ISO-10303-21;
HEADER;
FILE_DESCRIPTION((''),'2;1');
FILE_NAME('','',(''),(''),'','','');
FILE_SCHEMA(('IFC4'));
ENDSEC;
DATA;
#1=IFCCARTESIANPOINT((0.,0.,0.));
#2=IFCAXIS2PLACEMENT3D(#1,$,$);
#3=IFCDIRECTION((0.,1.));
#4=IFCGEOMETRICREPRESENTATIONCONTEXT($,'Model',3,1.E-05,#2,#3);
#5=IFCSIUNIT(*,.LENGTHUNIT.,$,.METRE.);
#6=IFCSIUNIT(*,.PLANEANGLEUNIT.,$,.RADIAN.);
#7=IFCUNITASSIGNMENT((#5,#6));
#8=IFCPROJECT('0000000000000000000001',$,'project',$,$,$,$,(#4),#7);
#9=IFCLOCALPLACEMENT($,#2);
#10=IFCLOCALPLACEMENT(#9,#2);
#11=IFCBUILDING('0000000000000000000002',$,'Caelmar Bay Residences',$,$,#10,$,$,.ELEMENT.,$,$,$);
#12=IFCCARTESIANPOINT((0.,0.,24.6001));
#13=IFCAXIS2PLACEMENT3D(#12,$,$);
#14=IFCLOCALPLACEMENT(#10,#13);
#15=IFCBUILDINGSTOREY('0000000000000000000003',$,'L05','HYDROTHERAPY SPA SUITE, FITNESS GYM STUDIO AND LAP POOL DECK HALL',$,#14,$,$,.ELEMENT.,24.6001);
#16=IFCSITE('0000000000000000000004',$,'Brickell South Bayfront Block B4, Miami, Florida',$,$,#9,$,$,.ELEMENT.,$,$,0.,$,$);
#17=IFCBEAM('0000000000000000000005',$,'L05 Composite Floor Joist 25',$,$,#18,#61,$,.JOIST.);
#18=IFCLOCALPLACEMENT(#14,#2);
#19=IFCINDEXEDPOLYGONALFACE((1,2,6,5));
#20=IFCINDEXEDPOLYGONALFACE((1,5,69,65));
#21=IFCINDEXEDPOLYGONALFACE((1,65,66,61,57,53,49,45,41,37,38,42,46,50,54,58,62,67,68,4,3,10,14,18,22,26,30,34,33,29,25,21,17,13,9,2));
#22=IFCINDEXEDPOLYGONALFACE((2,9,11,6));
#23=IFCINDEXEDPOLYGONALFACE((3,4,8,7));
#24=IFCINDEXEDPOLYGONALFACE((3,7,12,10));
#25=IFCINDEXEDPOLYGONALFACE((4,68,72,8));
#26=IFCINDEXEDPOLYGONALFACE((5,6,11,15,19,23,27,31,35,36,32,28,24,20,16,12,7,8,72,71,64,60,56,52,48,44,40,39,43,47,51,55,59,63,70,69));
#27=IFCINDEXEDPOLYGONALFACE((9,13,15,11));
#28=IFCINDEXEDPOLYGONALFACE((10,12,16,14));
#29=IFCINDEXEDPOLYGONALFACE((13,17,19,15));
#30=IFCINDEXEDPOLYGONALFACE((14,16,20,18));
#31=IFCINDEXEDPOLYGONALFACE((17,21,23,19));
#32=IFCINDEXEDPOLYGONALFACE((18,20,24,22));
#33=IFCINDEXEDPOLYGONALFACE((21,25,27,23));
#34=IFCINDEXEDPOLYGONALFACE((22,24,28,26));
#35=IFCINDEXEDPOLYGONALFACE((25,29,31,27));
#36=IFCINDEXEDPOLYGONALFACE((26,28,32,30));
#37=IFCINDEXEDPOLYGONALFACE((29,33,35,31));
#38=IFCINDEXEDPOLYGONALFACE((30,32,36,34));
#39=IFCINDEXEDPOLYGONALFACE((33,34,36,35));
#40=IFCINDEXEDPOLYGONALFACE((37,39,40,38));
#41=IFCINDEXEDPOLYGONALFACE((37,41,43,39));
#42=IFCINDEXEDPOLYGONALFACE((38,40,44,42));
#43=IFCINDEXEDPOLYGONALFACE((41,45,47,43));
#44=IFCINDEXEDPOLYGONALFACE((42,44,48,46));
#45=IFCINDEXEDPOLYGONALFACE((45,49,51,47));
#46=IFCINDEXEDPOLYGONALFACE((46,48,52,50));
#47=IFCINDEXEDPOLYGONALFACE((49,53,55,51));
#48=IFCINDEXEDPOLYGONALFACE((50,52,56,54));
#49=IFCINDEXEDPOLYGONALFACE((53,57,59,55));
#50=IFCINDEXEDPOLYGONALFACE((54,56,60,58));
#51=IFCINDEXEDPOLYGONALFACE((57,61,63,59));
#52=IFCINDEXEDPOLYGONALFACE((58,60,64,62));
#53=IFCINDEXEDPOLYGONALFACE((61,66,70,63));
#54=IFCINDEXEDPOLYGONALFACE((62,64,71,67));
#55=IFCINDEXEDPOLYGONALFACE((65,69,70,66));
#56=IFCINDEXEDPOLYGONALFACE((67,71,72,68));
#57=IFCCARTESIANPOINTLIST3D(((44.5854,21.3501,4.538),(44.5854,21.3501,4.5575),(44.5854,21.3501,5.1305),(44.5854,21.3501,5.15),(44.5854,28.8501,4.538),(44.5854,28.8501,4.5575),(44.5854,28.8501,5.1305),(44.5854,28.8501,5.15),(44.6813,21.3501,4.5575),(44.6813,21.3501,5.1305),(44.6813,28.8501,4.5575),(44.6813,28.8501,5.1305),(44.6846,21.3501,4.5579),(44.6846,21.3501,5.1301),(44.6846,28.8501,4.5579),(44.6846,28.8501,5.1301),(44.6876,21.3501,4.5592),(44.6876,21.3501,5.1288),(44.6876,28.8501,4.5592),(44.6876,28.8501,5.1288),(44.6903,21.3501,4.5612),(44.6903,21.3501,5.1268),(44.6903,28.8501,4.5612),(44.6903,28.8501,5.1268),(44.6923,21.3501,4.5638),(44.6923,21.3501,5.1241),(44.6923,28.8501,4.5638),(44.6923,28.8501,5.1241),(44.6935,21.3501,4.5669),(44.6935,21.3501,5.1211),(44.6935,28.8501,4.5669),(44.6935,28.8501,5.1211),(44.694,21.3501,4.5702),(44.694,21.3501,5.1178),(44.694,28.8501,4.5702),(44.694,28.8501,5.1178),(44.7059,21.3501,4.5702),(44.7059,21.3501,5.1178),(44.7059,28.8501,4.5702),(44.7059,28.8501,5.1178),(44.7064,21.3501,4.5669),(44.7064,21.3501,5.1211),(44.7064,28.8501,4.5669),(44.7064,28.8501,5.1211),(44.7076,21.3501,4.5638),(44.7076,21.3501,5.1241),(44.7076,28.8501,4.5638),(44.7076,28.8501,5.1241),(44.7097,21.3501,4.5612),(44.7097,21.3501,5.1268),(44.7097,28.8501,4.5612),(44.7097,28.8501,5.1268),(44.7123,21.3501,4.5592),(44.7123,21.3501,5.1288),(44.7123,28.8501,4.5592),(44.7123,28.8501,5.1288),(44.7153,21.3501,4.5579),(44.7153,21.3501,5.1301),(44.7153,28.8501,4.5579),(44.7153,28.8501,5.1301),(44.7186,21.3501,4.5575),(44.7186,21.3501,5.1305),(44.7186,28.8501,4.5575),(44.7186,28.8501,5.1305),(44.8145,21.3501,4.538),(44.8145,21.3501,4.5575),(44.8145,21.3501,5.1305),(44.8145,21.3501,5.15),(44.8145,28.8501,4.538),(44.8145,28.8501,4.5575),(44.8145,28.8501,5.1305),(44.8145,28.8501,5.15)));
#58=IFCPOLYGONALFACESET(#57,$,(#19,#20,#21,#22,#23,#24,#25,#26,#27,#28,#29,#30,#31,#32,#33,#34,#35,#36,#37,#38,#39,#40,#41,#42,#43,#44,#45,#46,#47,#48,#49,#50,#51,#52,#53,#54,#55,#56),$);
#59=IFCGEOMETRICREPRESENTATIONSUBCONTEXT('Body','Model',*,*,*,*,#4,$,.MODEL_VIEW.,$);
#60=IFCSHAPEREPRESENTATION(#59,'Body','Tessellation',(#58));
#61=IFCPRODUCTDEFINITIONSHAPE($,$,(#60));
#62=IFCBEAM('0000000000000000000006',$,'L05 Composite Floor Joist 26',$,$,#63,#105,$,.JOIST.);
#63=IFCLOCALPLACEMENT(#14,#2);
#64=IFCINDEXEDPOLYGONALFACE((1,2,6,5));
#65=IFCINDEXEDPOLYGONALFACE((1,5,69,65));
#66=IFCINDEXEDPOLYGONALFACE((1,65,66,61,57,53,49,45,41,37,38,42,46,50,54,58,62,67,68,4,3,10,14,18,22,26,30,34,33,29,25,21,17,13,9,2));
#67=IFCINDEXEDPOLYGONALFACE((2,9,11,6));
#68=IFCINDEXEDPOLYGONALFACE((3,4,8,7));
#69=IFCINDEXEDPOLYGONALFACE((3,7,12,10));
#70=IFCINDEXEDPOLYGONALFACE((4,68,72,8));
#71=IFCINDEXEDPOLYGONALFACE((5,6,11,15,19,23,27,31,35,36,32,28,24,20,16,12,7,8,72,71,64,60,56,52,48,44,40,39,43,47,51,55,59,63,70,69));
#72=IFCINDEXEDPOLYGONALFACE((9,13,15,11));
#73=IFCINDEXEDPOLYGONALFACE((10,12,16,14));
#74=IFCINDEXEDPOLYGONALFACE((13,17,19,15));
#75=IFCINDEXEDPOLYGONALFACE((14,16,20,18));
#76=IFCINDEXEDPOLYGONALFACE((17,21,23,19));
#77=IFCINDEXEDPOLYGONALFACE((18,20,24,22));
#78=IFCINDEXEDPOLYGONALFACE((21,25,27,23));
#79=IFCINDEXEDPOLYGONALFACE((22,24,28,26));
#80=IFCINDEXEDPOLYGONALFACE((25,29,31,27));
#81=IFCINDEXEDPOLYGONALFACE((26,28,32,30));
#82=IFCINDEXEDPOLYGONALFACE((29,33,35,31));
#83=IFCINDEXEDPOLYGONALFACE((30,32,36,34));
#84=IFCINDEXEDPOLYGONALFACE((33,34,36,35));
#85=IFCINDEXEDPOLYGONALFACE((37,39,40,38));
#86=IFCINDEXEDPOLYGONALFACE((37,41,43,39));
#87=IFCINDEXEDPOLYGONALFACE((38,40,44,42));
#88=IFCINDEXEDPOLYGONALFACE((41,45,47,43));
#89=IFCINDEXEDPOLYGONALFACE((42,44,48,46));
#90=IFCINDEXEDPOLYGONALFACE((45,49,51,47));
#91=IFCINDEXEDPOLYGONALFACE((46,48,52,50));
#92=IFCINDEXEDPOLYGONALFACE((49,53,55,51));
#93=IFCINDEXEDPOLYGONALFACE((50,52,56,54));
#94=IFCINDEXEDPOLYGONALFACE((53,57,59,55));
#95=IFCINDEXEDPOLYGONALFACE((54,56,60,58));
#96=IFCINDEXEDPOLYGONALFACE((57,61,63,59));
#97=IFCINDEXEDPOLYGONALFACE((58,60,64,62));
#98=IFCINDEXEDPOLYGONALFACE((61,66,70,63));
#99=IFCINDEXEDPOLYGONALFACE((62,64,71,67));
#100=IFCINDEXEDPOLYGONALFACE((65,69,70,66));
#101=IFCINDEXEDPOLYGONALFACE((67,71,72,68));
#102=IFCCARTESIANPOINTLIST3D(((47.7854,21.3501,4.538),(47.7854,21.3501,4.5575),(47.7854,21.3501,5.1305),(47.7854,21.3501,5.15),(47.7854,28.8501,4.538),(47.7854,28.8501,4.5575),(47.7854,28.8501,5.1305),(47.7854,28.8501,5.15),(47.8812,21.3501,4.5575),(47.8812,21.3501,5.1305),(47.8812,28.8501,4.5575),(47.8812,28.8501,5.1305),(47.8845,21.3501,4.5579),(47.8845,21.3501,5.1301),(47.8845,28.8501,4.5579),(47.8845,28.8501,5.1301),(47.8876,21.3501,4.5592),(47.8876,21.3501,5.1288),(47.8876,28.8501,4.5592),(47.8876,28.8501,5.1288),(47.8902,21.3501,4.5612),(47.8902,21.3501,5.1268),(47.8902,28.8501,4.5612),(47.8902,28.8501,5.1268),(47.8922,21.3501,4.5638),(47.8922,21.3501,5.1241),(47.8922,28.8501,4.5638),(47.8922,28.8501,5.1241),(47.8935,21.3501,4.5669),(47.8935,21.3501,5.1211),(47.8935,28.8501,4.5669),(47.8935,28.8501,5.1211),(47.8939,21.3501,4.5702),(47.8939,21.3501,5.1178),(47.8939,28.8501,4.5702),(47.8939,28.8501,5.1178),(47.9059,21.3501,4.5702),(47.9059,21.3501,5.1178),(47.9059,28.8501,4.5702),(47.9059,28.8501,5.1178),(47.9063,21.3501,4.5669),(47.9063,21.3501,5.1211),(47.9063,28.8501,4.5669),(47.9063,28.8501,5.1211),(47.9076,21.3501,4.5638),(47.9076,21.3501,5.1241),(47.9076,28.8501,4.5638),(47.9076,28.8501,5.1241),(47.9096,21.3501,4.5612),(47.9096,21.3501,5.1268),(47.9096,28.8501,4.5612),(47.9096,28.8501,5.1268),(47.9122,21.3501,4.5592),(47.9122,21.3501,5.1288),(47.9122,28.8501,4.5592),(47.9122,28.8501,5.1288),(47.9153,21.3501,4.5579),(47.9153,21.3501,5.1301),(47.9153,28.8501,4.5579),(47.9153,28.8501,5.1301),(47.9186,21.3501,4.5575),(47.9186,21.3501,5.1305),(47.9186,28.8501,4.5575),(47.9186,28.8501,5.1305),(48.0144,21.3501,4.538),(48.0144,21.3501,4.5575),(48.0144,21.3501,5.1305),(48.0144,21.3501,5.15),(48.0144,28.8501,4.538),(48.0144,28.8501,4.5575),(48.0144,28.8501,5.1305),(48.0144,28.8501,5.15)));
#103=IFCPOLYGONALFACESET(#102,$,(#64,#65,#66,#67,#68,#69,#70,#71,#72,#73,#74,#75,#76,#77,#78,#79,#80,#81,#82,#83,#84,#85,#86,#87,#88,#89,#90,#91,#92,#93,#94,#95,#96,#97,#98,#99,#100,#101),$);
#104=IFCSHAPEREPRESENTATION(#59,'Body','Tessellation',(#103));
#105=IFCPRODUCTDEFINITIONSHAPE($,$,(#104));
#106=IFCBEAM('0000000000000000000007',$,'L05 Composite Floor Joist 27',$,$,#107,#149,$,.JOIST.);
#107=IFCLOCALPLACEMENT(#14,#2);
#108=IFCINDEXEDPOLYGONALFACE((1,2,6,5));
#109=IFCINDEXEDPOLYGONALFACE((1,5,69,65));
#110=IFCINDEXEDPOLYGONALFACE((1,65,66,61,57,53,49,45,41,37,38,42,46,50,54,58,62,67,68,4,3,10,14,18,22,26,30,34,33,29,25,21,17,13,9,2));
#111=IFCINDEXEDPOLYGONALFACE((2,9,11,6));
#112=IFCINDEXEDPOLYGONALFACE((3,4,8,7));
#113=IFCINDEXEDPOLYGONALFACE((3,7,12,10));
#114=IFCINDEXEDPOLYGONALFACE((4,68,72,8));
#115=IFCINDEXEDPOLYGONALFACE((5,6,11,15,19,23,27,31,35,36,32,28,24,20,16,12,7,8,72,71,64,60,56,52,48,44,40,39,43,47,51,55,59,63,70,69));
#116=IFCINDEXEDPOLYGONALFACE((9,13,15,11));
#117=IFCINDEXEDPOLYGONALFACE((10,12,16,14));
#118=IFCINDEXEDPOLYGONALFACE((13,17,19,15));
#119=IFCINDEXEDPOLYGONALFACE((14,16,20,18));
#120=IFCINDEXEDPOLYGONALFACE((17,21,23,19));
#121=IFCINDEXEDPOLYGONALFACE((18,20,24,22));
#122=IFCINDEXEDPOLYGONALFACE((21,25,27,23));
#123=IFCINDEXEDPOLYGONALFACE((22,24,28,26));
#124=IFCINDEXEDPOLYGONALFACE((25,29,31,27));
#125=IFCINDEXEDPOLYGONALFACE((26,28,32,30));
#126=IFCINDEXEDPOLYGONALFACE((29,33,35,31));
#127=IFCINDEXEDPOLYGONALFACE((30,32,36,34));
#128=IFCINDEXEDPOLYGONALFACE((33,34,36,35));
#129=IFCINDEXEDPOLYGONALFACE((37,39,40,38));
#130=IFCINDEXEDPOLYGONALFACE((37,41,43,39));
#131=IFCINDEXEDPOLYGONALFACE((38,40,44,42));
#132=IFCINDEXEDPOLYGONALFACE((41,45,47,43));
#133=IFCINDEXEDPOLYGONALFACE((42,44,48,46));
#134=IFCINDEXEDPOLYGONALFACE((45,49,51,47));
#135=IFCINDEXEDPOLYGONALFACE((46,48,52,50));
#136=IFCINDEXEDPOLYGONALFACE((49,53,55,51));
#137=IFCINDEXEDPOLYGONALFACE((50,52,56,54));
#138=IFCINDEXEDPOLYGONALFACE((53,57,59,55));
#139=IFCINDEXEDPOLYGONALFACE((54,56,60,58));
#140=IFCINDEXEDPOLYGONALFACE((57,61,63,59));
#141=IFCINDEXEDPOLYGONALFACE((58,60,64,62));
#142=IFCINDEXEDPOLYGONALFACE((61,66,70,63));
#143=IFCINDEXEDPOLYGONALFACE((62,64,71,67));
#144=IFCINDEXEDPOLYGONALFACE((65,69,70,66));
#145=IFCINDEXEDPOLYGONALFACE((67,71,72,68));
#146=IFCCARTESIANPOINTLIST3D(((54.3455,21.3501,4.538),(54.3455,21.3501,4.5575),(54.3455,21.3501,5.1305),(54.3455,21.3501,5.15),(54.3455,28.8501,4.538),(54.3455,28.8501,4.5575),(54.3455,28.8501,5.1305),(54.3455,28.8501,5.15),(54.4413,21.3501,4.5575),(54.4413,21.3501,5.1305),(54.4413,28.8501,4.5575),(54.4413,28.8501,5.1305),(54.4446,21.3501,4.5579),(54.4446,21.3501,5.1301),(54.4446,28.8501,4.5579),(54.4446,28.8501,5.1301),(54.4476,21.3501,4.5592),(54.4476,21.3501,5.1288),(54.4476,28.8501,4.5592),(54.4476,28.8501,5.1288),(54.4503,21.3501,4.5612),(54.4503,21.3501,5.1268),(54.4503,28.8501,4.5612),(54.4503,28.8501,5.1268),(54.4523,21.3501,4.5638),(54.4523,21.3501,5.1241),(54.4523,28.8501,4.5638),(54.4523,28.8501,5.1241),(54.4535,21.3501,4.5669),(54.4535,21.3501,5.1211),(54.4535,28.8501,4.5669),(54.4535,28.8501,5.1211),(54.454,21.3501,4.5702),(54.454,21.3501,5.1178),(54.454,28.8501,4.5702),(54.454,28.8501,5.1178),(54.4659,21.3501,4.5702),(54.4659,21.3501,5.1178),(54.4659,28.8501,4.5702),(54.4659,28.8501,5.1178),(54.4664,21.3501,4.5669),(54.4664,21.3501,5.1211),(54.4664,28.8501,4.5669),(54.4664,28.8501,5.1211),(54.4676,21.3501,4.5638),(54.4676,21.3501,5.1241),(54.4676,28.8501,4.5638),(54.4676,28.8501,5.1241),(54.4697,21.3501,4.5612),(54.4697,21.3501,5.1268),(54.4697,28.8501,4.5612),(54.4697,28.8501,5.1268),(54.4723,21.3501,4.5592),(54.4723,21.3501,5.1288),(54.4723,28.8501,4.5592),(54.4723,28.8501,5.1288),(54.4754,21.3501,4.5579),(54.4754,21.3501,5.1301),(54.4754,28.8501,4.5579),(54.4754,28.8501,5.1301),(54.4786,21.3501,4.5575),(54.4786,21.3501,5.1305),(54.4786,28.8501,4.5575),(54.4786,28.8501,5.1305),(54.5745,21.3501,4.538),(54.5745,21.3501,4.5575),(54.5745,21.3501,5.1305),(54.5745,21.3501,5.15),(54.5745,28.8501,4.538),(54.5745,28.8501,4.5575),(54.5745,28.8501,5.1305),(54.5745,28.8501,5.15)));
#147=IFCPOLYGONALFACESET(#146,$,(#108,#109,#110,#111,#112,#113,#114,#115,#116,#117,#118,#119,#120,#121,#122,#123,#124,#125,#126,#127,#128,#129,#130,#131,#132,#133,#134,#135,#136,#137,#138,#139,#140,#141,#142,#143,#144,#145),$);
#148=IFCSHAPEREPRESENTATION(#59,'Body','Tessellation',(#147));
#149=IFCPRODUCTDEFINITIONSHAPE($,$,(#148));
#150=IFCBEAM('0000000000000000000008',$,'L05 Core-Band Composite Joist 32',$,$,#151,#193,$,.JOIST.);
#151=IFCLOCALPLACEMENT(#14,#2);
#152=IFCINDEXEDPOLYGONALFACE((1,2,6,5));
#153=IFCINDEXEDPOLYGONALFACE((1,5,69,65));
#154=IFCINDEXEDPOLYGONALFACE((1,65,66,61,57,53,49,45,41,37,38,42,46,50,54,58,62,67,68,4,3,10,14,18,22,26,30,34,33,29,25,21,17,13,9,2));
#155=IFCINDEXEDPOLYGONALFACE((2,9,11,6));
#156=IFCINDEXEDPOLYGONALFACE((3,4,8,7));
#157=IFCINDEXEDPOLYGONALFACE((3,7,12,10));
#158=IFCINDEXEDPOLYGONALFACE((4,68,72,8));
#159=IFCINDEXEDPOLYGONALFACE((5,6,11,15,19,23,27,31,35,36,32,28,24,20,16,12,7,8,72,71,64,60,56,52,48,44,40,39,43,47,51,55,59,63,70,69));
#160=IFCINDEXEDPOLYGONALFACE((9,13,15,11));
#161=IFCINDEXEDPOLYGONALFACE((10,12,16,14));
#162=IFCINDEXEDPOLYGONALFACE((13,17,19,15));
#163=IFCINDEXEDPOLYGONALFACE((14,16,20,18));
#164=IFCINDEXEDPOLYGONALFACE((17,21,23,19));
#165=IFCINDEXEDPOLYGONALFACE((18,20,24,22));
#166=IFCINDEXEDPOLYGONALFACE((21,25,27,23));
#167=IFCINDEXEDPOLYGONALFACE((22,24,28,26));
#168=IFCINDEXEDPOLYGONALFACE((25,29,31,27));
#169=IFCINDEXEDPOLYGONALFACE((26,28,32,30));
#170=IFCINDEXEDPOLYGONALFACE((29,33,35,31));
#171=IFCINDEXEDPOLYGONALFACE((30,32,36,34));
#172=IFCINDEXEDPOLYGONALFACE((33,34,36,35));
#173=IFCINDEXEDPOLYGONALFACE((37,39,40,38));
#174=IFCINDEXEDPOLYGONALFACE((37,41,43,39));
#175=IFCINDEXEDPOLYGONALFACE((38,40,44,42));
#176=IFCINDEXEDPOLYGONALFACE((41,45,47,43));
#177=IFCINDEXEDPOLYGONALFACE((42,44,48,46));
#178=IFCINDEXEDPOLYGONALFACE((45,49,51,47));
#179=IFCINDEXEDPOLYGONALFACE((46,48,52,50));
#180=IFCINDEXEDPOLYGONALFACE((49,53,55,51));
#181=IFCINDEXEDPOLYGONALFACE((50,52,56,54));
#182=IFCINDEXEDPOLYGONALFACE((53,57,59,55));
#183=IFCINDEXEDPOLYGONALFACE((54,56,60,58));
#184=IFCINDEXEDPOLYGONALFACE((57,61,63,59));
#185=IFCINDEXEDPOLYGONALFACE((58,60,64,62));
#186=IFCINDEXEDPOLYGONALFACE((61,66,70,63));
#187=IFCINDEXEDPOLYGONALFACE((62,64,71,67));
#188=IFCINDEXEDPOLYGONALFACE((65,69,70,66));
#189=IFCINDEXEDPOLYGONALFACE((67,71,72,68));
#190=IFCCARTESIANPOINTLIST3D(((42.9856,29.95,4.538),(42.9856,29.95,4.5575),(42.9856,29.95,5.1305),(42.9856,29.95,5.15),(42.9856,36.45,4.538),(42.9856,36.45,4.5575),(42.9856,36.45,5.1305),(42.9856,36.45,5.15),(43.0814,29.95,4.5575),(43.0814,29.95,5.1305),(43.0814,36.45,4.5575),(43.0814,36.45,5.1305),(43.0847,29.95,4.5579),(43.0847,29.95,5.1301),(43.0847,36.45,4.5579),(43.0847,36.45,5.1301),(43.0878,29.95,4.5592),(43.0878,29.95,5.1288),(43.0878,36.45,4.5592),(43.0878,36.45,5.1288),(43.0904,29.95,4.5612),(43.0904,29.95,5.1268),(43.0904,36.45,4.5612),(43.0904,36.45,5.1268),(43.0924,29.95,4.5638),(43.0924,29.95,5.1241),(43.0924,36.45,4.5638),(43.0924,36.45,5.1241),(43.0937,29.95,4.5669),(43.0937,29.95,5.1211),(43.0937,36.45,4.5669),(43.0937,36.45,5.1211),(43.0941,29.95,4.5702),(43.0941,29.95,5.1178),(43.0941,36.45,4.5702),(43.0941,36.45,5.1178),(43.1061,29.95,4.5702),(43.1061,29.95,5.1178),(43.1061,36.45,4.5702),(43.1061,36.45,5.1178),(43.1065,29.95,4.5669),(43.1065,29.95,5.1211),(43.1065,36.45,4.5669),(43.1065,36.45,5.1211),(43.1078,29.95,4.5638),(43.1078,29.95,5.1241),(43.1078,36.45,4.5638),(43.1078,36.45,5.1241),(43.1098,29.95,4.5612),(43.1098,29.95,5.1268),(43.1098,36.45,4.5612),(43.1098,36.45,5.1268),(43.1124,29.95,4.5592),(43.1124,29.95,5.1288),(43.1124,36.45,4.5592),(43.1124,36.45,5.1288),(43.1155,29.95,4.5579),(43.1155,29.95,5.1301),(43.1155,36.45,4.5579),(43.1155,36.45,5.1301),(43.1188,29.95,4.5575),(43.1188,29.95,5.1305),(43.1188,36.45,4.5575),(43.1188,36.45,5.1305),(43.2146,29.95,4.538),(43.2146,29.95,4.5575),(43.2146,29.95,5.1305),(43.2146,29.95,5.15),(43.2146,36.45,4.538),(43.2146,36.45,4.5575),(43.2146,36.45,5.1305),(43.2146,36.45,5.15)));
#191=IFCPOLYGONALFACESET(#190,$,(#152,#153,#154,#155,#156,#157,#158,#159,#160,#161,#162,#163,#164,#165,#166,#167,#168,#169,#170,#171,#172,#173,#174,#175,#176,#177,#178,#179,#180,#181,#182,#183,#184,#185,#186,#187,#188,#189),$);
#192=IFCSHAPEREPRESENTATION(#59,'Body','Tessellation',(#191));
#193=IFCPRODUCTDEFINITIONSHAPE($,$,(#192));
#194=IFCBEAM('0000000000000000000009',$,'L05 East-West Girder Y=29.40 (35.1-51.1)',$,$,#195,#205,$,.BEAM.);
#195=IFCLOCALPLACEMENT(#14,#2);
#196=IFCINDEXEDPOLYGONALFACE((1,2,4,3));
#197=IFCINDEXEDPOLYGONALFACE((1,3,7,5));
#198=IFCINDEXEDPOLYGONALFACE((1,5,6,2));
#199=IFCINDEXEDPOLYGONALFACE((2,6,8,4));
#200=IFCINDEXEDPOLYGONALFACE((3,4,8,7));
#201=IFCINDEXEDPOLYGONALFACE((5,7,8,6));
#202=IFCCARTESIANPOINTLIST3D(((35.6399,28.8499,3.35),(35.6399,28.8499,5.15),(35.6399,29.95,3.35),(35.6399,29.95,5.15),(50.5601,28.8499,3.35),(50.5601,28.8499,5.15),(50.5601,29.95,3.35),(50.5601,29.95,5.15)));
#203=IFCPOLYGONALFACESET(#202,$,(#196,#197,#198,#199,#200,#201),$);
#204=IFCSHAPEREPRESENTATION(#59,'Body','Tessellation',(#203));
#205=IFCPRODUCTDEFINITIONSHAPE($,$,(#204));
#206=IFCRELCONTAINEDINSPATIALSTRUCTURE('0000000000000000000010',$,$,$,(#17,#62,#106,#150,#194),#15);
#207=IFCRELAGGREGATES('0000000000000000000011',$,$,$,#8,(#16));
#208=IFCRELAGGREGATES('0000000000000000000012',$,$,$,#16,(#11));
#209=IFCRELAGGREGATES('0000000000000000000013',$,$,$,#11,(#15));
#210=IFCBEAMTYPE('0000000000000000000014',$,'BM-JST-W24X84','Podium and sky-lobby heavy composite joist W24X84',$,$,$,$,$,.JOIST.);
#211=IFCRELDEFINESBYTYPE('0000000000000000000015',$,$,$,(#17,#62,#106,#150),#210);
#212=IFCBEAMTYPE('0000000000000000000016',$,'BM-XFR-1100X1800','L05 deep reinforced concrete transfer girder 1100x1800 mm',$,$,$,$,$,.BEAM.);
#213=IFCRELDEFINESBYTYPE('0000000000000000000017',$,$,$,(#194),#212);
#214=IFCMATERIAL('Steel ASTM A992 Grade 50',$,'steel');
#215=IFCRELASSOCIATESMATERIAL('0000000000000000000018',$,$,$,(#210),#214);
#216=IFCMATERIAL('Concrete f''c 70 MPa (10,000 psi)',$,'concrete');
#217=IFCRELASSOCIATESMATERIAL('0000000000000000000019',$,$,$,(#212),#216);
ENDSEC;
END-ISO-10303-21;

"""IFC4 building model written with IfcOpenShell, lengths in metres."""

from ifc_helpers import new_model, si_unit, direction, frame, origin, origin_2d, place, context, subcontext, project, spatial, rectangle, i_section, extrude, material, material_profile, profile_set, type_object, element, save


model = new_model("IFC4")

# Units and contexts
model_context = context("Model", 3, precision=1e-05, world=origin(), true_north=direction((0.0, 1.0)))
body_context = subcontext(model_context, "Body", "Model", "MODEL_VIEW")
ifc_project = project(units=[si_unit("LENGTHUNIT", "METRE"), si_unit("PLANEANGLEUNIT", "RADIAN")], contexts=[model_context])

# Site, building, storey
site_placement = place(None, origin())
site = spatial("IfcSite", under=ifc_project, at=site_placement, Name="Brickell South Bayfront Block B4, Miami, Florida", CompositionType="ELEMENT", RefElevation=0.0)
building_placement = place(site_placement, origin())
building = spatial("IfcBuilding", under=site, at=building_placement, Name="Caelmar Bay Residences", CompositionType="ELEMENT")
storey_placement = place(building_placement, frame((0.0, 0.0, 24.6001)))
storey = spatial("IfcBuildingStorey", under=building, at=storey_placement, Name="L05", Description="HYDROTHERAPY SPA SUITE, FITNESS GYM STUDIO AND LAP POOL DECK HALL", CompositionType="ELEMENT", Elevation=24.6001)

# Shared definitions
ifc_material_1 = material(Name="Concrete f'c 70 MPa (10,000 psi)", Category="concrete")

# Beams
ifc_material_2 = material(Name="Steel ASTM A992 Grade 50", Category="steel")
ifc_material_profile_1 = material_profile(ifc_material_2, i_section(OverallWidth=0.229, OverallDepth=0.6121, WebThickness=0.012, FlangeThickness=0.0195, FilletRadius=0.0127, at=origin_2d()), Name="W24X84")
ifc_profile_set_1 = profile_set([ifc_material_profile_1], Name="Steel ASTM A992 Grade 50")
beam_type_1 = type_object("IfcBeamType", Name="BM-JST-W24X84", Description="Podium and sky-lobby heavy composite joist W24X84", PredefinedType="JOIST", material=ifc_profile_set_1)
for number, where, z_axis, x_axis, name in (
    (1, (44.7, 21.3501, 4.844), (0.0, 1.0, 0.0), (-1.0, 0.0, 0.0), "L05 Composite Floor Joist 25"),
    (2, (47.8999, 21.3501, 4.844), (0.0, 1.0, 0.0), (-1.0, 0.0, 0.0), "L05 Composite Floor Joist 26"),
    (3, (54.46, 21.3501, 4.844), (0.0, 1.0, 0.0), (-1.0, 0.0, 0.0), "L05 Composite Floor Joist 27"),
):
    element("IfcBeam", number, at=place(storey_placement, frame(where, z_axis=z_axis, x_axis=x_axis)), inside=storey, type_object=beam_type_1, Name=name, PredefinedType="JOIST", context=body_context, shape_type="SweptSolid", body=[
        extrude(i_section(OverallWidth=0.229, OverallDepth=0.6121, WebThickness=0.012, FlangeThickness=0.0195, FilletRadius=0.0127, at=origin_2d()), origin(), (0.0, 0.0, 1.0), 7.5),
    ])
beam_1_placement = place(storey_placement, frame((43.1001, 29.95, 4.844), z_axis=(0.0, 1.0, 0.0), x_axis=(-1.0, 0.0, 0.0)))
element("IfcBeam", 4, at=beam_1_placement, inside=storey, type_object=beam_type_1, Name="L05 Core-Band Composite Joist 32", PredefinedType="JOIST", context=body_context, shape_type="SweptSolid", body=[
    extrude(i_section(OverallWidth=0.229, OverallDepth=0.6121, WebThickness=0.012, FlangeThickness=0.0195, FilletRadius=0.0127, at=origin_2d()), origin(), (0.0, 0.0, 1.0), 6.5),
])
ifc_material_profile_2 = material_profile(ifc_material_1, rectangle(XDim=1.1001, YDim=1.8, at=origin_2d()), Name="RC-BM-1100X1800")
ifc_profile_set_2 = profile_set([ifc_material_profile_2], Name="Concrete f'c 70 MPa (10,000 psi)")
beam_type_2 = type_object("IfcBeamType", Name="BM-XFR-1100X1800", Description="L05 deep reinforced concrete transfer girder 1100x1800 mm", PredefinedType="BEAM", material=ifc_profile_set_2)
beam_2_placement = place(storey_placement, frame((35.6399, 29.3999, 4.25), z_axis=(1.0, 0.0, 0.0), x_axis=(0.0, 1.0, 0.0)))
element("IfcBeam", 5, at=beam_2_placement, inside=storey, type_object=beam_type_2, Name="L05 East-West Girder Y=29.40 (35.1-51.1)", PredefinedType="BEAM", context=body_context, shape_type="SweptSolid", body=[
    extrude(rectangle(XDim=1.1001, YDim=1.8, at=origin_2d()), origin(), (0.0, 0.0, 1.0), 14.9202),
])

save(model, "model.ifc")
